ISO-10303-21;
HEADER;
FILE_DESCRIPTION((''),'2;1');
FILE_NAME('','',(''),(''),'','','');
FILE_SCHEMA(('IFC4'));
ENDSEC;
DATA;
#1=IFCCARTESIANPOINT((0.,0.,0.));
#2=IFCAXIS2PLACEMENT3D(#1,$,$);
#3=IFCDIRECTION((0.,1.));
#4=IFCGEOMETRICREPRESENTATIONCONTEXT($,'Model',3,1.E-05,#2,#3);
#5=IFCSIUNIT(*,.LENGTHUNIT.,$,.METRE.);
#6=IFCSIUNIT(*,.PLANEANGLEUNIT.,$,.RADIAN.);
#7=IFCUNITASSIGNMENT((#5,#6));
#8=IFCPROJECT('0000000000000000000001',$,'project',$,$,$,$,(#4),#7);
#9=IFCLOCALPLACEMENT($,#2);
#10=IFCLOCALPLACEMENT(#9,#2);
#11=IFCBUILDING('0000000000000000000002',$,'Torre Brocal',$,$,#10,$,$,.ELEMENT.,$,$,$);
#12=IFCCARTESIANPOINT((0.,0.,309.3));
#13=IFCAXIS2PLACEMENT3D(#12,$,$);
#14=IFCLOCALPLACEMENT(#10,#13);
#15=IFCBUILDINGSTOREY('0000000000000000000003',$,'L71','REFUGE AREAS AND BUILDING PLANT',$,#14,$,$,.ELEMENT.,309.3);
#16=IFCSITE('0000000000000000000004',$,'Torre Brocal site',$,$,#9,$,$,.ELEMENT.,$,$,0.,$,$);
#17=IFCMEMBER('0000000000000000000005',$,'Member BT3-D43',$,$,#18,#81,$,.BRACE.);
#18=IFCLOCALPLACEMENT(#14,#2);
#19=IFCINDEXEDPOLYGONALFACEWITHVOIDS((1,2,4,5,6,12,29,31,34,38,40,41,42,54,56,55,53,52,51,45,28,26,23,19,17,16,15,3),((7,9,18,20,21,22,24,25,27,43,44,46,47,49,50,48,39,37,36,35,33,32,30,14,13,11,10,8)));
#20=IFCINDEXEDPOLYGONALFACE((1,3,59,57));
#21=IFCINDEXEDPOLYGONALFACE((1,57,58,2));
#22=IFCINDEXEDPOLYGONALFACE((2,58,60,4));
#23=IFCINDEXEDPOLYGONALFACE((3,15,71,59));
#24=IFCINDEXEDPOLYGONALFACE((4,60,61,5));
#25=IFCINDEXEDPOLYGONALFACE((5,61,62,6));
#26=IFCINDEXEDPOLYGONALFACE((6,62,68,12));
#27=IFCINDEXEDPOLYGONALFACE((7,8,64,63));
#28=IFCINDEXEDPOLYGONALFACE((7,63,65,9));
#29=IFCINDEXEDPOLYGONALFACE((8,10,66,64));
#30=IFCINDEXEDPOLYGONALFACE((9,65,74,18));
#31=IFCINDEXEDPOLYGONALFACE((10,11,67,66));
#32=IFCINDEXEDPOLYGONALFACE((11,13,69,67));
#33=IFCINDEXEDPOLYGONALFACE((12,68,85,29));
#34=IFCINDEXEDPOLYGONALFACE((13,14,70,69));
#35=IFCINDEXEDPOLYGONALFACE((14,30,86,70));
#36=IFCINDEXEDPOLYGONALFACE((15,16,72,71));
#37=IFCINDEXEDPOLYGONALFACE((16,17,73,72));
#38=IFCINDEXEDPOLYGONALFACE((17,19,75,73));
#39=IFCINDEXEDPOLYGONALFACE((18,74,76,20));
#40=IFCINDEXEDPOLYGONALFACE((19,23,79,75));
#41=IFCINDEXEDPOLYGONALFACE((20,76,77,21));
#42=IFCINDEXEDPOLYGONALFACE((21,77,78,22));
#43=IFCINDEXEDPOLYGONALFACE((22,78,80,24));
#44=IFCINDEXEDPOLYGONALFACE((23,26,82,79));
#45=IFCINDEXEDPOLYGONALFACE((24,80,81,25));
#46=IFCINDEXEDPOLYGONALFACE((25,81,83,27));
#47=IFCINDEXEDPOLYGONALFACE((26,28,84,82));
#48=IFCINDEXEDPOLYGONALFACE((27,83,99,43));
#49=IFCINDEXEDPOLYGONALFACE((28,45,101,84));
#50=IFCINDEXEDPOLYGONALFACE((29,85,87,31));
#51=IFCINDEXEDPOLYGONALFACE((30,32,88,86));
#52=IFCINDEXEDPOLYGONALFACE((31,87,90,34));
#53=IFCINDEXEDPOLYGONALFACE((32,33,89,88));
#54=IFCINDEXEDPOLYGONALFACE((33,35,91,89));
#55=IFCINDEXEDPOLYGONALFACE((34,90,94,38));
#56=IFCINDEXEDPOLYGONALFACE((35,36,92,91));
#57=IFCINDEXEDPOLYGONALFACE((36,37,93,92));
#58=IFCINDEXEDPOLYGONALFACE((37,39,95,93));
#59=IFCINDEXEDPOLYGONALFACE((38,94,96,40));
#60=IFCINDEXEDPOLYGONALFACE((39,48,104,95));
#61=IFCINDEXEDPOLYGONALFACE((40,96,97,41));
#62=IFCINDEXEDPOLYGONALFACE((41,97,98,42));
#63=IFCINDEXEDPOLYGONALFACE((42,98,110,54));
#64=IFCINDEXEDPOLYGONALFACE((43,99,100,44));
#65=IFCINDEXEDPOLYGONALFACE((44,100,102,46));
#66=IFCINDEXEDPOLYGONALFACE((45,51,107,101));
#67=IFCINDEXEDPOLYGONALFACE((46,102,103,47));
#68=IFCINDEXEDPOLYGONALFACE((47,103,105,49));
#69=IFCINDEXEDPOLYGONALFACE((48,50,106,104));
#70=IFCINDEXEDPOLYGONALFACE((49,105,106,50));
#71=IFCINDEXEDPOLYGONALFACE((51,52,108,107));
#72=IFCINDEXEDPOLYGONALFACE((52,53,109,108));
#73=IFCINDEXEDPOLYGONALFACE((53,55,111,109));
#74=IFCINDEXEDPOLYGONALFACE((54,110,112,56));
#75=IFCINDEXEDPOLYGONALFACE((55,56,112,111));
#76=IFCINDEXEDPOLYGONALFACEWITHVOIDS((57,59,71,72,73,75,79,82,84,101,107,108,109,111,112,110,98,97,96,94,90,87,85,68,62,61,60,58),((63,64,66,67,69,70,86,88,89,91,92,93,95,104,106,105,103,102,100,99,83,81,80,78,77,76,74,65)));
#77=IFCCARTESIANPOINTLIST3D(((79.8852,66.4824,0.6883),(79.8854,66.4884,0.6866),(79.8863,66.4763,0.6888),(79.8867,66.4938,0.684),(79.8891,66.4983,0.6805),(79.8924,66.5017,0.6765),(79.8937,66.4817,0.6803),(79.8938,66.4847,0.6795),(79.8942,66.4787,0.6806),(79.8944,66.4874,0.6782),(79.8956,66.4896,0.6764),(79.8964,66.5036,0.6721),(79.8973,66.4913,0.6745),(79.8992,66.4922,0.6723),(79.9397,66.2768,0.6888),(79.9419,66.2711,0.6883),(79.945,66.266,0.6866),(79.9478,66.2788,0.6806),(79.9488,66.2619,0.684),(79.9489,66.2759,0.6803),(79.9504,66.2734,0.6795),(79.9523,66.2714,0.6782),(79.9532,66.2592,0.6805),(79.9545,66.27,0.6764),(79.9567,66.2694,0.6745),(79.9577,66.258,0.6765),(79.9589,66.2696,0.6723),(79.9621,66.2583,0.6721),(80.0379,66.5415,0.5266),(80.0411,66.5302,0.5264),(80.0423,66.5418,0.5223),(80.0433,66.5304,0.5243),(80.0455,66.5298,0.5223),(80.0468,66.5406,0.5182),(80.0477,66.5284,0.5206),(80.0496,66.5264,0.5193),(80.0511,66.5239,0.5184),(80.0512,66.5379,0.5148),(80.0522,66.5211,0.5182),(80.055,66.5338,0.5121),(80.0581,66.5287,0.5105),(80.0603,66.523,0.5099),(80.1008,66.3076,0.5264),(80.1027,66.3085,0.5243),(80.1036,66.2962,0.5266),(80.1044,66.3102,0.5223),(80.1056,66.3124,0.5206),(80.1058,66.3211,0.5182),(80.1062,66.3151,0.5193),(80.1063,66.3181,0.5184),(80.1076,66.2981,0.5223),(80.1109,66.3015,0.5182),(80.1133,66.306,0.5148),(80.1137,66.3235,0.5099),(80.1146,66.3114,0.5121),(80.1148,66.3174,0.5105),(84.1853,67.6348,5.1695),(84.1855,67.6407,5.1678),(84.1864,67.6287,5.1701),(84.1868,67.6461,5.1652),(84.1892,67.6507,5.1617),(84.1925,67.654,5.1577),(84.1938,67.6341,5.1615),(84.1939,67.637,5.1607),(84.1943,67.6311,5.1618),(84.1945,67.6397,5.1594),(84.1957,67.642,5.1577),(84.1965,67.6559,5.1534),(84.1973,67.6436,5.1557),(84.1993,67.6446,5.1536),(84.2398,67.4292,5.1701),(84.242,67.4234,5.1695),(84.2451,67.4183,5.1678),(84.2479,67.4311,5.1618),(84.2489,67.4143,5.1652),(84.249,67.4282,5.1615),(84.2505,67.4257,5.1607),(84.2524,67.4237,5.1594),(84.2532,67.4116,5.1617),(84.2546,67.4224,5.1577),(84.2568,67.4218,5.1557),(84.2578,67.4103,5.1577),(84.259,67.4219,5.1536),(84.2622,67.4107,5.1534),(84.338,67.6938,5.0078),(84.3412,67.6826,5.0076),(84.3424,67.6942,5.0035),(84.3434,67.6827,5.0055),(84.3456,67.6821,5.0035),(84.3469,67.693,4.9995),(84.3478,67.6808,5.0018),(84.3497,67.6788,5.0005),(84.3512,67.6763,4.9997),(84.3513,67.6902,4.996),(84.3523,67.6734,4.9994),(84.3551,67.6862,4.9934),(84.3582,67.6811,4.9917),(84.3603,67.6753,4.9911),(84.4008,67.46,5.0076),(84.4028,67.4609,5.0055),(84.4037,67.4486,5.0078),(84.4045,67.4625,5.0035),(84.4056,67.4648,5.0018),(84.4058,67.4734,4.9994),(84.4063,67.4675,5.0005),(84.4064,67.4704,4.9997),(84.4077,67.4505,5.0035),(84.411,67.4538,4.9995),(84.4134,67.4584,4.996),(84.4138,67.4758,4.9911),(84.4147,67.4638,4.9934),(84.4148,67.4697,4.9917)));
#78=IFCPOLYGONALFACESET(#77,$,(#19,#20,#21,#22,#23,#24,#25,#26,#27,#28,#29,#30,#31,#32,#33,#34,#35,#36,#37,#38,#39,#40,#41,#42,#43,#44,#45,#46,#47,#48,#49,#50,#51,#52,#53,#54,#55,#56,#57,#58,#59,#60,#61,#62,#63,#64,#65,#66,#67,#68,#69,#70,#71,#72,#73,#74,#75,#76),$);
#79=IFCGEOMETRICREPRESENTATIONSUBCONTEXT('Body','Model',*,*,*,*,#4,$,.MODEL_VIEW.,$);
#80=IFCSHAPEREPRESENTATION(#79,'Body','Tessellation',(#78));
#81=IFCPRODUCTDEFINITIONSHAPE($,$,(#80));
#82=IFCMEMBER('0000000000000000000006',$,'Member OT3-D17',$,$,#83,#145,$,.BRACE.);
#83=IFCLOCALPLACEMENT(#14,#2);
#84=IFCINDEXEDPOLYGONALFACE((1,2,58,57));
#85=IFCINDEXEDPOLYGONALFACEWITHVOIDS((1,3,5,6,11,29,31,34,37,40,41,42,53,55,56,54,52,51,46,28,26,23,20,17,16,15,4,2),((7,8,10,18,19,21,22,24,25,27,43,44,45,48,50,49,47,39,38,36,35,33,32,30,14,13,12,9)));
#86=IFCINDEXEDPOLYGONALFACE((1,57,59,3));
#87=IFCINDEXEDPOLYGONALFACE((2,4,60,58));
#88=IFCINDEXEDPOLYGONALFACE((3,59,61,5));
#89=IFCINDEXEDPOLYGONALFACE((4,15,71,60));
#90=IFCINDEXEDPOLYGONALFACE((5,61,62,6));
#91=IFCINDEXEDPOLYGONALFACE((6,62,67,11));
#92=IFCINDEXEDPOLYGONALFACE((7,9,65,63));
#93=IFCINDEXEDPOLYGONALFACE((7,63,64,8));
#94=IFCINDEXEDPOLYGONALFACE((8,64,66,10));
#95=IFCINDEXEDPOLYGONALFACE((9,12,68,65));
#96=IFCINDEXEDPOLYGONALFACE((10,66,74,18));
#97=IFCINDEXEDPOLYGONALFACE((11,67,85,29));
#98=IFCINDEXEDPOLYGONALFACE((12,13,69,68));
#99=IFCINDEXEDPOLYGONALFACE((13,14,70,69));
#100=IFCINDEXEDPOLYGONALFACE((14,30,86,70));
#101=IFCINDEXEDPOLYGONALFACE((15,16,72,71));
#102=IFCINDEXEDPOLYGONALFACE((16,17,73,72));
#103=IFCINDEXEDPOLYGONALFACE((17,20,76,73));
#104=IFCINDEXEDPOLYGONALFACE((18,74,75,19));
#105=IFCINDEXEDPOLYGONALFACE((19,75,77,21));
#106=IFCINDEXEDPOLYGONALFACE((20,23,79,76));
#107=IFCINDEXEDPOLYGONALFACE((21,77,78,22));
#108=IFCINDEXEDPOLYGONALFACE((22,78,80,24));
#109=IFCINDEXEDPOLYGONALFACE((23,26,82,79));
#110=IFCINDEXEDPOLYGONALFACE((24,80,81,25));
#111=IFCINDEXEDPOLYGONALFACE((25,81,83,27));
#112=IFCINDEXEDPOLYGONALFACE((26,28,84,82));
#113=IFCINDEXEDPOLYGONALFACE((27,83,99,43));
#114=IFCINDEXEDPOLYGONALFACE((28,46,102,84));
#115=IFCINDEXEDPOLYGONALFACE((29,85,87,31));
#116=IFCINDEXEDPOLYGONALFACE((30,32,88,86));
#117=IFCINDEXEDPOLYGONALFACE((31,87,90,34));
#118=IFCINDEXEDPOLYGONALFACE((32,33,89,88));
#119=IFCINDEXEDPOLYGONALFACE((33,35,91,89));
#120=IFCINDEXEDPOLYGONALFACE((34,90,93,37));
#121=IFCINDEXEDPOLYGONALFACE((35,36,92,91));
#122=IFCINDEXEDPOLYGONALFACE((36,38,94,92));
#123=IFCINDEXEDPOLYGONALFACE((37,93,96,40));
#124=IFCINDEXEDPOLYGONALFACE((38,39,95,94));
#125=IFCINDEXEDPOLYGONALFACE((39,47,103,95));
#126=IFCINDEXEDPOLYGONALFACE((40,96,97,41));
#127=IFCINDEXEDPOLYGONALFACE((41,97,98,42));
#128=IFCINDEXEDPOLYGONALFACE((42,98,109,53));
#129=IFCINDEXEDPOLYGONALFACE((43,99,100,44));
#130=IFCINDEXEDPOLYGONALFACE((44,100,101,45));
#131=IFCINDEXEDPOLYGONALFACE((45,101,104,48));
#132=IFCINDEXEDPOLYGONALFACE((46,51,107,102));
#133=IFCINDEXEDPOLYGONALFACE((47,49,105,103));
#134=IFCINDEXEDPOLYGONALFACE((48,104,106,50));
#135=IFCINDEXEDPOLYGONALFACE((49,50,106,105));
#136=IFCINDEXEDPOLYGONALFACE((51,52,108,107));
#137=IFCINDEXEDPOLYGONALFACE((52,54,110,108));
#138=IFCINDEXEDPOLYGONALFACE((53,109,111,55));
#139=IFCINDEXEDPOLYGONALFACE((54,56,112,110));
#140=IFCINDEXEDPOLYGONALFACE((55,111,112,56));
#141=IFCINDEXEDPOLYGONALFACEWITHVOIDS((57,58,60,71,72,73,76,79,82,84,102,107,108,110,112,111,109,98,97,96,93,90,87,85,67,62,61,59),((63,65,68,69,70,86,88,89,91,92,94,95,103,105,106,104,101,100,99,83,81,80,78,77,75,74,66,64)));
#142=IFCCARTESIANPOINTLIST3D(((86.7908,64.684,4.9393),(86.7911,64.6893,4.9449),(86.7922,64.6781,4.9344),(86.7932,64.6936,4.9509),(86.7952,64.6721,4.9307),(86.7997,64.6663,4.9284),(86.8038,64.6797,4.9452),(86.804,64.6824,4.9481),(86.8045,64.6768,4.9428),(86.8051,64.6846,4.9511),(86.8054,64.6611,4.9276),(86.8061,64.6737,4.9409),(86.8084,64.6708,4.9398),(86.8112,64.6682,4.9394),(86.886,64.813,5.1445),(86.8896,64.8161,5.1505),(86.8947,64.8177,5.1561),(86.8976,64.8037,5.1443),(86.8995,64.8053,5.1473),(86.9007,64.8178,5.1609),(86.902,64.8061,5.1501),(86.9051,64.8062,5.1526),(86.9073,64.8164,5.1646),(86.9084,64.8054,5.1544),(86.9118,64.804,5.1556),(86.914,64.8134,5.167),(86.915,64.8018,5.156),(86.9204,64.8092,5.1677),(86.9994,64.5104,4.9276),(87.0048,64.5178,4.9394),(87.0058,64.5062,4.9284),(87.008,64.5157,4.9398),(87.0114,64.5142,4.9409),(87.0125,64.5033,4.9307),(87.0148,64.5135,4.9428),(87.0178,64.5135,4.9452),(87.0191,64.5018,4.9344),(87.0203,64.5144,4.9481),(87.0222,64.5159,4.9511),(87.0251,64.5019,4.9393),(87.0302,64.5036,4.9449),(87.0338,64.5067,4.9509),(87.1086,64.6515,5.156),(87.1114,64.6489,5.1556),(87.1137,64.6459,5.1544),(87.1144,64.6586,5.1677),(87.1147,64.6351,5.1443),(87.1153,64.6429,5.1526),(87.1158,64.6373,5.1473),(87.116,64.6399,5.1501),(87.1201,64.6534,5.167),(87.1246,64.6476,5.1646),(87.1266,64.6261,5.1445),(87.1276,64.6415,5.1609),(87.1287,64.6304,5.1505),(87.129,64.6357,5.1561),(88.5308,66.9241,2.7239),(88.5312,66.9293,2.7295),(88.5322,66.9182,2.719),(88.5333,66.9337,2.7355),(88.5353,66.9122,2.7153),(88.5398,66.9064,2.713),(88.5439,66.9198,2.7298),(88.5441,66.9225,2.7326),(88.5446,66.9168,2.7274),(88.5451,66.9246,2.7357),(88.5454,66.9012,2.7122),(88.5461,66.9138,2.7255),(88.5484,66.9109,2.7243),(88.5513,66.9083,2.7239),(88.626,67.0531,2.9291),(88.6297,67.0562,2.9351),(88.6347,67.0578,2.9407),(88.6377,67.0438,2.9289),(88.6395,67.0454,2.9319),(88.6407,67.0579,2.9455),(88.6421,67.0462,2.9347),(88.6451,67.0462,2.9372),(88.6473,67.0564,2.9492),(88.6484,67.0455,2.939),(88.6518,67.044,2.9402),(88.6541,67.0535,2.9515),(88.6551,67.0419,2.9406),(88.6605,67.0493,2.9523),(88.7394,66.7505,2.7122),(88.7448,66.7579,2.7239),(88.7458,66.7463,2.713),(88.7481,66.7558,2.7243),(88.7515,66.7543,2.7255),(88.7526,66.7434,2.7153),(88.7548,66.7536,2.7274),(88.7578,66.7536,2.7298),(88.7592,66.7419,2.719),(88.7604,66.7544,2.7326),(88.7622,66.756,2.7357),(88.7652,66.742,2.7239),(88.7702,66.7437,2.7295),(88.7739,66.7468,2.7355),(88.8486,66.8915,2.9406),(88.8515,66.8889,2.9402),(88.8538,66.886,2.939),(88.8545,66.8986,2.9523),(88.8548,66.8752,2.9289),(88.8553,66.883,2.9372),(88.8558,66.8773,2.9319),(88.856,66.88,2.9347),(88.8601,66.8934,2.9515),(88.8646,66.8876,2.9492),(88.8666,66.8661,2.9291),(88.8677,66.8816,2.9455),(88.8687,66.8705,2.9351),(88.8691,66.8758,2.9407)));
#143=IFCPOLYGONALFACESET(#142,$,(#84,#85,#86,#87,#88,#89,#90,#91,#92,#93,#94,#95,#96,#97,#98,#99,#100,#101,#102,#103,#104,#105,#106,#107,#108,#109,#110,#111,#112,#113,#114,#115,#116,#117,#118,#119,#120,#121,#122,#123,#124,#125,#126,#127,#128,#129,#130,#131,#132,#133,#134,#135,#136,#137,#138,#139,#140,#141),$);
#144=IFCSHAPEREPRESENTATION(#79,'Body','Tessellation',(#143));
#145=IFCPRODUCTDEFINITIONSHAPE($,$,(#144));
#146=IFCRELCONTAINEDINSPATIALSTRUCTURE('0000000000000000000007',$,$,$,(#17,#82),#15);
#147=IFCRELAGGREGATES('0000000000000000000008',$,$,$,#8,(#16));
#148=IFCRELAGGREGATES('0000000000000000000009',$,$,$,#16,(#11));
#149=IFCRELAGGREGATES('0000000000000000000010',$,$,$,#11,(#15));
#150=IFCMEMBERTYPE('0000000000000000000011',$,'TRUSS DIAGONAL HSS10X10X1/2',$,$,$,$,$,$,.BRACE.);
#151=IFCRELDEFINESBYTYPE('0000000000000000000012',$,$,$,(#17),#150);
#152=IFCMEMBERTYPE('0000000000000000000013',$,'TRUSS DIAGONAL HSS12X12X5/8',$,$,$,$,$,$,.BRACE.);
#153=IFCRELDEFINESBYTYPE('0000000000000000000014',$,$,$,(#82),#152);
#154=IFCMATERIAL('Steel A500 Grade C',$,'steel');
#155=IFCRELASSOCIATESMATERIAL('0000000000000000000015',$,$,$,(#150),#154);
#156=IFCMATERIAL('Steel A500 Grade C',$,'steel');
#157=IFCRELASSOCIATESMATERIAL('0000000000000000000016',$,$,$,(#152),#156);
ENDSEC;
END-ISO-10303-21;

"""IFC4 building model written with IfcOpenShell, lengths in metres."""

from ifc_helpers import new_model, si_unit, direction, frame, origin, origin_2d, place, context, subcontext, project, spatial, hollow_rectangle, extrude, material, material_profile, profile_set, type_object, element, save


model = new_model("IFC4")

# Units and contexts
model_context = context("Model", 3, precision=1e-05, world=origin(), true_north=direction((0.0, 1.0)))
body_context = subcontext(model_context, "Body", "Model", "MODEL_VIEW")
ifc_project = project(units=[si_unit("LENGTHUNIT", "METRE"), si_unit("PLANEANGLEUNIT", "RADIAN")], contexts=[model_context])

# Site, building, storey
site_placement = place(None, origin())
site = spatial("IfcSite", under=ifc_project, at=site_placement, Name="Torre Brocal site", CompositionType="ELEMENT", RefElevation=0.0)
building_placement = place(site_placement, origin())
building = spatial("IfcBuilding", under=site, at=building_placement, Name="Torre Brocal", CompositionType="ELEMENT")
storey_placement = place(building_placement, frame((0.0, 0.0, 309.3)))
storey = spatial("IfcBuildingStorey", under=building, at=storey_placement, Name="L71", Description="REFUGE AREAS AND BUILDING PLANT", CompositionType="ELEMENT", Elevation=309.3)

# Members
ifc_material_1 = material(Name="Steel A500 Grade C", Category="steel")
ifc_material_profile_1 = material_profile(ifc_material_1, hollow_rectangle(XDim=0.2539, YDim=0.2539, WallThickness=0.0117, InnerFilletRadius=0.0117, OuterFilletRadius=0.0237, at=origin_2d()), Name="HSS10X10X1/2")
ifc_profile_set_1 = profile_set([ifc_material_profile_1], Name="Steel A500 Grade C")
member_type_1 = type_object("IfcMemberType", Name="TRUSS DIAGONAL HSS10X10X1/2", PredefinedType="BRACE", material=ifc_profile_set_1)
member_1_placement = place(storey_placement, frame((80.0, 66.3999, 0.5994), z_axis=(0.680753, 0.182431, 0.709432), x_axis=(-0.25885, 0.965917, 0.0)))
element("IfcMember", 1, at=member_1_placement, inside=storey, type_object=member_type_1, Name="Member BT3-D43", PredefinedType="BRACE", context=body_context, shape_type="SweptSolid", body=[
    extrude(hollow_rectangle(XDim=0.2539, YDim=0.2539, WallThickness=0.0117, InnerFilletRadius=0.0117, OuterFilletRadius=0.0237, at=origin_2d()), origin(), (0.0, 0.0, 1.0), 6.3167),
])
ifc_material_2 = material(Name="Steel A500 Grade C", Category="steel")
ifc_material_profile_2 = material_profile(ifc_material_2, hollow_rectangle(XDim=0.3047, YDim=0.3047, WallThickness=0.0149, InnerFilletRadius=0.0149, OuterFilletRadius=0.0295, at=origin_2d()), Name="HSS12X12X5/8")
ifc_profile_set_2 = profile_set([ifc_material_profile_2], Name="Steel A500 Grade C")
member_type_2 = type_object("IfcMemberType", Name="TRUSS DIAGONAL HSS12X12X5/8", PredefinedType="BRACE", material=ifc_profile_set_2)
for number, where, z_axis, x_axis, name in (
    (2, (88.7, 66.8999, 2.8323), (-0.483465, -0.622392, 0.615541), (0.789732, -0.613452, 0.0), "Member OT3-D17"),
):
    element("IfcMember", number, at=place(storey_placement, frame(where, z_axis=z_axis, x_axis=x_axis)), inside=storey, type_object=member_type_2, Name=name, PredefinedType="BRACE", context=body_context, shape_type="SweptSolid", body=[
        extrude(hollow_rectangle(XDim=0.3047, YDim=0.3047, WallThickness=0.0149, InnerFilletRadius=0.0149, OuterFilletRadius=0.0295, at=origin_2d()), origin(), (0.0, 0.0, 1.0), 3.5991),
    ])

save(model, "model.ifc")
